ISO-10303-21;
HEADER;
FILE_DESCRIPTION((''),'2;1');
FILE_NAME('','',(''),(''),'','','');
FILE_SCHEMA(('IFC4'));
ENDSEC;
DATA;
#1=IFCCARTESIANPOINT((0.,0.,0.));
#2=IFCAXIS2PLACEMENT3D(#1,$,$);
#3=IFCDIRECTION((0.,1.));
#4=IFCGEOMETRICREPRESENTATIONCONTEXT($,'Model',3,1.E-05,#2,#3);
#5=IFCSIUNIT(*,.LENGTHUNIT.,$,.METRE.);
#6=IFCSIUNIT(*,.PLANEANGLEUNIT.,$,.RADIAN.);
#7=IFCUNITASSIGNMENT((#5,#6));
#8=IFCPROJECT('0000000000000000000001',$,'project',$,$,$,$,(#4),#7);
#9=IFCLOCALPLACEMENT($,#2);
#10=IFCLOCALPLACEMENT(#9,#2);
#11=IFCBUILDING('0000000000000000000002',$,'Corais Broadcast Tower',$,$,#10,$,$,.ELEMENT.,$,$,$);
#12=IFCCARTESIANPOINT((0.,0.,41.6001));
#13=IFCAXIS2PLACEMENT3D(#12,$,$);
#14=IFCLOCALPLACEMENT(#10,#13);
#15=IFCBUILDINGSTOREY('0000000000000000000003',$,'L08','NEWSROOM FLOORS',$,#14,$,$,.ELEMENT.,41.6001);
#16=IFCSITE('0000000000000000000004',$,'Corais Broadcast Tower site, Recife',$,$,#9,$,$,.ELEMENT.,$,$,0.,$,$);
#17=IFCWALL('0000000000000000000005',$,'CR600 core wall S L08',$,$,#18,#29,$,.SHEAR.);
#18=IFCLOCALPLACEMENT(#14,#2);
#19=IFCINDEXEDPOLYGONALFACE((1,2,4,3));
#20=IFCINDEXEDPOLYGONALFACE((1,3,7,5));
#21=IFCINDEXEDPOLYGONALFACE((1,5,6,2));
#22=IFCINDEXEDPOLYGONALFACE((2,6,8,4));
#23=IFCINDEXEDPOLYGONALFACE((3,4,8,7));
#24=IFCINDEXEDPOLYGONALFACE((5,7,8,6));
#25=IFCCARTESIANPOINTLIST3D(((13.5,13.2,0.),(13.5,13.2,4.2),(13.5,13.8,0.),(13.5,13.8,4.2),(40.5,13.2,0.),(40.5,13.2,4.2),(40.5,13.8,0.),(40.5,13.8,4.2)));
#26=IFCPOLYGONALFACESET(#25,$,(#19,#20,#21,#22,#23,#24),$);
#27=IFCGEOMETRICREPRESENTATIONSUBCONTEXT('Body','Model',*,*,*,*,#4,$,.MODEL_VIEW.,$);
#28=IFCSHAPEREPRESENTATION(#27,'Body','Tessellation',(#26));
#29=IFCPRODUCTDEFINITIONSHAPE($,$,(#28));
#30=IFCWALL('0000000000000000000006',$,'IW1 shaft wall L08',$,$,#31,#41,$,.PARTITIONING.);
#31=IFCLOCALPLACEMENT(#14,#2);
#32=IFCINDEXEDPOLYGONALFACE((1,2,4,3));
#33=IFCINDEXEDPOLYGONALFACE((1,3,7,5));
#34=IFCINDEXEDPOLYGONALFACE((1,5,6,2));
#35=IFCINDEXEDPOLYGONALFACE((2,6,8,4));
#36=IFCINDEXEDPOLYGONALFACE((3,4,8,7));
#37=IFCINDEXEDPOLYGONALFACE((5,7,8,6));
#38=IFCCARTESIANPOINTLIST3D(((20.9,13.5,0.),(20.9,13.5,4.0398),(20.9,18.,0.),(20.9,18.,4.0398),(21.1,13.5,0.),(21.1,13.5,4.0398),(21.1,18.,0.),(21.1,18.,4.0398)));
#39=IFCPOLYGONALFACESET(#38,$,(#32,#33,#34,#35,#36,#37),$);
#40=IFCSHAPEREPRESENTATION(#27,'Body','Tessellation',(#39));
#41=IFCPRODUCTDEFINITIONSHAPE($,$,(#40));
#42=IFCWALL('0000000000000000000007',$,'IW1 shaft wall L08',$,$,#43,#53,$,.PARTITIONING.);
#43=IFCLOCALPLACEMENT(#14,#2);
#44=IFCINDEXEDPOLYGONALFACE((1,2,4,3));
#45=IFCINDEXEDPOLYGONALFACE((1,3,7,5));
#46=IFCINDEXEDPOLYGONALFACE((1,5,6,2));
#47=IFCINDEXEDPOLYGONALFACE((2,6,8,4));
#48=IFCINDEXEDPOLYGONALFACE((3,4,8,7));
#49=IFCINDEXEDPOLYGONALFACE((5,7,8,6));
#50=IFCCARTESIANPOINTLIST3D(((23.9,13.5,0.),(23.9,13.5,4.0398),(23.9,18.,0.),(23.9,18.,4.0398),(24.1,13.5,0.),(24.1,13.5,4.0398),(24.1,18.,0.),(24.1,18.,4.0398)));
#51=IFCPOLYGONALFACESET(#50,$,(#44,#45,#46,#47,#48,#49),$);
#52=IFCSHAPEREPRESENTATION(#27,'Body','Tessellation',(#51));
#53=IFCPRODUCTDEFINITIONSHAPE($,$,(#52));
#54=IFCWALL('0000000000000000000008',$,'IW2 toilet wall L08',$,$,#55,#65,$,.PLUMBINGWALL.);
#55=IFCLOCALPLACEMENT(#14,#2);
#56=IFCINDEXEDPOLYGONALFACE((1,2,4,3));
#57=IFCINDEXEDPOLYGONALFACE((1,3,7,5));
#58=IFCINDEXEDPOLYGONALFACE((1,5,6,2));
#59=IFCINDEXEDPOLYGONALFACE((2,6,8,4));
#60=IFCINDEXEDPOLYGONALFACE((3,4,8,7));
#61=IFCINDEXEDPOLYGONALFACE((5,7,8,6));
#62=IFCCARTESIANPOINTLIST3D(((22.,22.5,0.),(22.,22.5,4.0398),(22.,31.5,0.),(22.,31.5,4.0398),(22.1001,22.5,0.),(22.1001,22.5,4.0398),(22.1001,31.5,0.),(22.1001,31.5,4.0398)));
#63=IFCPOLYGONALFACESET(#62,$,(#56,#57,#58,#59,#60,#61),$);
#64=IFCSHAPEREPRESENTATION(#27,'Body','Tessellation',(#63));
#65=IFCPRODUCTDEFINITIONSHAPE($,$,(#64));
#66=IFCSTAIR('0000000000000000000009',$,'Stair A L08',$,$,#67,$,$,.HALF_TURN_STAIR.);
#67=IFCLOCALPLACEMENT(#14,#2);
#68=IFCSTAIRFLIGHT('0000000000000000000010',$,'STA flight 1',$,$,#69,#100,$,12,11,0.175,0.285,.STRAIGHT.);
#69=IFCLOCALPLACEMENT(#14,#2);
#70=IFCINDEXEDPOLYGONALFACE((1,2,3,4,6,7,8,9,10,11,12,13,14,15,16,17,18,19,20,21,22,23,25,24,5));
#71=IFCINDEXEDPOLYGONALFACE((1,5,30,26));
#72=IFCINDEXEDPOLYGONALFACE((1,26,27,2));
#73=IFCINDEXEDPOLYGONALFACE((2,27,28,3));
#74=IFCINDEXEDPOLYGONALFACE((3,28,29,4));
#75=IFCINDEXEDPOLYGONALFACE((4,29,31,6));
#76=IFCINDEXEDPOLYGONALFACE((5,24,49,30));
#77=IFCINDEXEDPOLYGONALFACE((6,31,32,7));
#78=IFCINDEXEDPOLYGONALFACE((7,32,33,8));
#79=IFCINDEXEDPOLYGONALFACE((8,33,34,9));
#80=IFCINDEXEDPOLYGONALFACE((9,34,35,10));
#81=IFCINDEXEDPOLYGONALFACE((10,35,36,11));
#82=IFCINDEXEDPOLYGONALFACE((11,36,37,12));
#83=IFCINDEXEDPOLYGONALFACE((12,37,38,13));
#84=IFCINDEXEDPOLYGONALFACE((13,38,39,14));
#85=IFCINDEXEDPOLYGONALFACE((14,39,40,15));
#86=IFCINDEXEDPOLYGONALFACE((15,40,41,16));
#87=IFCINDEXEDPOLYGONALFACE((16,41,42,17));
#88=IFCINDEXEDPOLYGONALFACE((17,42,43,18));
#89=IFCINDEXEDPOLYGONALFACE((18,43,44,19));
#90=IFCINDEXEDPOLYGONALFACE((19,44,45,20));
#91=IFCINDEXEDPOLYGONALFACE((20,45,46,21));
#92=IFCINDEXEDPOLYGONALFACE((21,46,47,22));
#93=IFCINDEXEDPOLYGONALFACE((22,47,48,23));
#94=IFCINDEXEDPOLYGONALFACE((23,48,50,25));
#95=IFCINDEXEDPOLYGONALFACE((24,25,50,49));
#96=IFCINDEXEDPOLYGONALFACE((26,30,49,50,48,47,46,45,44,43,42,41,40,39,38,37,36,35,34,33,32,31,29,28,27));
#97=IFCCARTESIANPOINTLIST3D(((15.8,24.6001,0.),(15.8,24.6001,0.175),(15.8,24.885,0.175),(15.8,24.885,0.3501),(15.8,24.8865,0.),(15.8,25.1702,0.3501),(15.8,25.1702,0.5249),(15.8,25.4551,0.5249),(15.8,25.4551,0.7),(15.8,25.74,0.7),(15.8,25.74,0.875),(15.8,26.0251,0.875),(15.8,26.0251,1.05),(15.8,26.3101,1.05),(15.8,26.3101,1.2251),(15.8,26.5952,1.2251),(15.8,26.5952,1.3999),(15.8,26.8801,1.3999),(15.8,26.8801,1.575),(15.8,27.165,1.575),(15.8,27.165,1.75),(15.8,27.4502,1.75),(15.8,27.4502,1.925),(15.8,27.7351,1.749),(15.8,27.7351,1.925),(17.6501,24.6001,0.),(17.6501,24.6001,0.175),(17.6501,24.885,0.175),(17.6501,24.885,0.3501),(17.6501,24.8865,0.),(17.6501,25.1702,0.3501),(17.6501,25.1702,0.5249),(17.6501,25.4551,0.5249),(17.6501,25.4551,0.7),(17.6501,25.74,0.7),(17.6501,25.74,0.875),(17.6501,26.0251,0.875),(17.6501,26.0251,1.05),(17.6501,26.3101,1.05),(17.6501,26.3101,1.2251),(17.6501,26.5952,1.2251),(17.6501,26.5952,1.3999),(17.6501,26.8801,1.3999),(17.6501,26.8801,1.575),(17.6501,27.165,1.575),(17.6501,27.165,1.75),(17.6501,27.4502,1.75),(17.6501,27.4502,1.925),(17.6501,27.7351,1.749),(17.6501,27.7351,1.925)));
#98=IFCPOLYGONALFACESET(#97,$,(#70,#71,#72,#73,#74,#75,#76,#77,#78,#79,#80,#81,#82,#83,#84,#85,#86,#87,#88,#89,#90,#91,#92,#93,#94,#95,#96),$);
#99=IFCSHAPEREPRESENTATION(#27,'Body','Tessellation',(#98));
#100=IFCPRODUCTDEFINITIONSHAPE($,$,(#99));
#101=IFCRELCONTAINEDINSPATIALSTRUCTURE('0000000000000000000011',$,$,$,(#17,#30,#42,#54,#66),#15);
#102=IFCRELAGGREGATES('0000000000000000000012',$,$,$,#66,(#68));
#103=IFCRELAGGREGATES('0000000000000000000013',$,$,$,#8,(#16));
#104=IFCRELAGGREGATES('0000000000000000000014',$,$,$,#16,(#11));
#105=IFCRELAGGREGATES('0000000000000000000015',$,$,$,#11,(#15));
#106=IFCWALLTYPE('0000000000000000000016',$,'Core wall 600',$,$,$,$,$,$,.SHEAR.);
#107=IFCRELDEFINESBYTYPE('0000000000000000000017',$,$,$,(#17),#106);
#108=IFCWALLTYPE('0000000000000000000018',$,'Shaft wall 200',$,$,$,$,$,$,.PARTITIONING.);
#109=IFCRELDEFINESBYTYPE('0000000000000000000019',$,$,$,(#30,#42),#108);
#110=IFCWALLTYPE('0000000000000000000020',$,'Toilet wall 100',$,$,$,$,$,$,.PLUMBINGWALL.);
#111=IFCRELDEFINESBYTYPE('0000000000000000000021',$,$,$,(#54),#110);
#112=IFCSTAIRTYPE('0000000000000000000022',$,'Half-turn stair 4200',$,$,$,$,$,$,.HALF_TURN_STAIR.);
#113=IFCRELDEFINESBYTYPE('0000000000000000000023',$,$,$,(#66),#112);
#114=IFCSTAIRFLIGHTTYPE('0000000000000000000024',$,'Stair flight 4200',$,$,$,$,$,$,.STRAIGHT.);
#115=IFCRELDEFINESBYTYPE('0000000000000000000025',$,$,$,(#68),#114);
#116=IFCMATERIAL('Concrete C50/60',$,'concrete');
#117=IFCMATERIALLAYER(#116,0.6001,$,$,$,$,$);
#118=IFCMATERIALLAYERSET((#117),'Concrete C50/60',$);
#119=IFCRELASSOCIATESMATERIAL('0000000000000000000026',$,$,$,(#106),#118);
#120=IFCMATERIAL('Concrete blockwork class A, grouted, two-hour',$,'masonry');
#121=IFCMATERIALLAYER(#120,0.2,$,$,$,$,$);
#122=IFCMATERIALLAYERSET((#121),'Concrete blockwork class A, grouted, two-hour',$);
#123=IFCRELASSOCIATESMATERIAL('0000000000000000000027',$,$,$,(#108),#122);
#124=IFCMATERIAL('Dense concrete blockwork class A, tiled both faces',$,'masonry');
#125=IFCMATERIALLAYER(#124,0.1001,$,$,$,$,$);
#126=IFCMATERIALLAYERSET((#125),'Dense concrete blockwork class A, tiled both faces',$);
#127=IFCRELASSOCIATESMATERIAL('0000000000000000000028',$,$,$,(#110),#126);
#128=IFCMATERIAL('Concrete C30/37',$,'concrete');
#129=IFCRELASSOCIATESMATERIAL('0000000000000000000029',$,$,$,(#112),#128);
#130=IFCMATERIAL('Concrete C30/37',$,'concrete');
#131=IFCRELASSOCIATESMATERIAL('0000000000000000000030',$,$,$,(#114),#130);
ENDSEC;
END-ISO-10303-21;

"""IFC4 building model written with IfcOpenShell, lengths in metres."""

from ifc_helpers import new_model, si_unit, direction, frame, frame_2d, origin, place, context, subcontext, project, spatial, polyline, rectangle, outline, extrude, material, layer, layer_set, type_object, element, aggregate, save


model = new_model("IFC4")

# Units and contexts
model_context = context("Model", 3, precision=1e-05, world=origin(), true_north=direction((0.0, 1.0)))
body_context = subcontext(model_context, "Body", "Model", "MODEL_VIEW")
ifc_project = project(units=[si_unit("LENGTHUNIT", "METRE"), si_unit("PLANEANGLEUNIT", "RADIAN")], contexts=[model_context])

# Site, building, storey
site_placement = place(None, origin())
site = spatial("IfcSite", under=ifc_project, at=site_placement, Name="Corais Broadcast Tower site, Recife", CompositionType="ELEMENT", RefElevation=0.0)
building_placement = place(site_placement, origin())
building = spatial("IfcBuilding", under=site, at=building_placement, Name="Corais Broadcast Tower", CompositionType="ELEMENT")
storey_placement = place(building_placement, frame((0.0, 0.0, 41.6001)))
storey = spatial("IfcBuildingStorey", under=building, at=storey_placement, Name="L08", Description="NEWSROOM FLOORS", CompositionType="ELEMENT", Elevation=41.6001)

# Walls
ifc_material_1 = material(Name="Concrete C50/60", Category="concrete")
ifc_layer_1 = layer(ifc_material_1, 0.6001)
ifc_layer_set_1 = layer_set([ifc_layer_1], Name="Concrete C50/60")
wall_type_1 = type_object("IfcWallType", Name="Core wall 600", PredefinedType="SHEAR", material=ifc_layer_set_1)
wall_1_placement = place(storey_placement, frame((13.5, 13.5, 0.0), z_axis=(0.0, 0.0, 1.0), x_axis=(1.0, 0.0, 0.0)))
element("IfcWall", 1, at=wall_1_placement, inside=storey, type_object=wall_type_1, Name="CR600 core wall S L08", PredefinedType="SHEAR", context=body_context, shape_type="SweptSolid", body=[
    extrude(rectangle(XDim=27.0, YDim=0.6001, at=frame_2d((13.5, 0.0))), origin(), (0.0, 0.0, 1.0), 4.2),
])
ifc_material_2 = material(Name="Concrete blockwork class A, grouted, two-hour", Category="masonry")
ifc_layer_2 = layer(ifc_material_2, 0.2)
ifc_layer_set_2 = layer_set([ifc_layer_2], Name="Concrete blockwork class A, grouted, two-hour")
wall_type_2 = type_object("IfcWallType", Name="Shaft wall 200", PredefinedType="PARTITIONING", material=ifc_layer_set_2)
for number, where, z_axis, x_axis, name in (
    (2, (21.0, 13.5, 0.0), (0.0, 0.0, 1.0), (0.0, 1.0, 0.0), "IW1 shaft wall L08"),
    (3, (24.0, 13.5, 0.0), (0.0, 0.0, 1.0), (0.0, 1.0, 0.0), "IW1 shaft wall L08"),
):
    element("IfcWall", number, at=place(storey_placement, frame(where, z_axis=z_axis, x_axis=x_axis)), inside=storey, type_object=wall_type_2, Name=name, PredefinedType="PARTITIONING", context=body_context, shape_type="SweptSolid", body=[
        extrude(rectangle(XDim=4.5, YDim=0.2, at=frame_2d((2.25, 0.0))), origin(), (0.0, 0.0, 1.0), 4.0398),
    ])
ifc_material_3 = material(Name="Dense concrete blockwork class A, tiled both faces", Category="masonry")
ifc_layer_3 = layer(ifc_material_3, 0.1001)
ifc_layer_set_3 = layer_set([ifc_layer_3], Name="Dense concrete blockwork class A, tiled both faces")
wall_type_3 = type_object("IfcWallType", Name="Toilet wall 100", PredefinedType="PLUMBINGWALL", material=ifc_layer_set_3)
wall_2_placement = place(storey_placement, frame((22.05, 22.5, 0.0), z_axis=(0.0, 0.0, 1.0), x_axis=(0.0, 1.0, 0.0)))
element("IfcWall", 4, at=wall_2_placement, inside=storey, type_object=wall_type_3, Name="IW2 toilet wall L08", PredefinedType="PLUMBINGWALL", context=body_context, shape_type="SweptSolid", body=[
    extrude(rectangle(XDim=9.0, YDim=0.1001, at=frame_2d((4.5, 0.0))), origin(), (0.0, 0.0, 1.0), 4.0398),
])

# Stair, stair flight
ifc_material_4 = material(Name="Concrete C30/37", Category="concrete")
stair_type = type_object("IfcStairType", Name="Half-turn stair 4200", PredefinedType="HALF_TURN_STAIR", material=ifc_material_4)
stair_placement = place(storey_placement, origin())
stair = element("IfcStair", 5, at=stair_placement, inside=storey, type_object=stair_type, Name="Stair A L08", PredefinedType="HALF_TURN_STAIR")
ifc_material_5 = material(Name="Concrete C30/37", Category="concrete")
stair_flight_type = type_object("IfcStairFlightType", Name="Stair flight 4200", PredefinedType="STRAIGHT", material=ifc_material_5)
stair_flight_placement = place(storey_placement, frame((16.7251, 24.6001, 0.0), z_axis=(0.0, 0.0, 1.0), x_axis=(0.0, 1.0, 0.0)))
stair_flight = element("IfcStairFlight", 6, at=stair_flight_placement, type_object=stair_flight_type, Name="STA flight 1", NumberOfRisers=12, NumberOfTreads=11, PredefinedType="STRAIGHT", RiserHeight=0.175, TreadLength=0.285, context=body_context, shape_type="SweptSolid", body=[
    extrude(outline(polyline([(0.0, 0.0), (0.0, 0.175), (0.2849, 0.175), (0.2849, 0.3501), (0.5701, 0.3501), (0.5701, 0.5249), (0.855, 0.5249), (0.855, 0.7), (1.1399, 0.7), (1.1399, 0.875), (1.425, 0.875), (1.425, 1.05), (1.71, 1.05), (1.71, 1.2251), (1.9951, 1.2251), (1.9951, 1.3999), (2.28, 1.3999), (2.28, 1.575), (2.5649, 1.575), (2.5649, 1.75), (2.8501, 1.75), (2.8501, 1.925), (3.135, 1.925), (3.135, 2.1001), (3.135, 1.749), (0.2864, 0.0), (0.0, 0.0)])), frame((0.0, 0.925, 0.0), z_axis=(0.0, -1.0, 0.0), x_axis=(1.0, 0.0, 0.0)), (0.0, 0.0, 1.0), 1.8501),
])
aggregate(stair, [stair_flight])

save(model, "model.ifc")
